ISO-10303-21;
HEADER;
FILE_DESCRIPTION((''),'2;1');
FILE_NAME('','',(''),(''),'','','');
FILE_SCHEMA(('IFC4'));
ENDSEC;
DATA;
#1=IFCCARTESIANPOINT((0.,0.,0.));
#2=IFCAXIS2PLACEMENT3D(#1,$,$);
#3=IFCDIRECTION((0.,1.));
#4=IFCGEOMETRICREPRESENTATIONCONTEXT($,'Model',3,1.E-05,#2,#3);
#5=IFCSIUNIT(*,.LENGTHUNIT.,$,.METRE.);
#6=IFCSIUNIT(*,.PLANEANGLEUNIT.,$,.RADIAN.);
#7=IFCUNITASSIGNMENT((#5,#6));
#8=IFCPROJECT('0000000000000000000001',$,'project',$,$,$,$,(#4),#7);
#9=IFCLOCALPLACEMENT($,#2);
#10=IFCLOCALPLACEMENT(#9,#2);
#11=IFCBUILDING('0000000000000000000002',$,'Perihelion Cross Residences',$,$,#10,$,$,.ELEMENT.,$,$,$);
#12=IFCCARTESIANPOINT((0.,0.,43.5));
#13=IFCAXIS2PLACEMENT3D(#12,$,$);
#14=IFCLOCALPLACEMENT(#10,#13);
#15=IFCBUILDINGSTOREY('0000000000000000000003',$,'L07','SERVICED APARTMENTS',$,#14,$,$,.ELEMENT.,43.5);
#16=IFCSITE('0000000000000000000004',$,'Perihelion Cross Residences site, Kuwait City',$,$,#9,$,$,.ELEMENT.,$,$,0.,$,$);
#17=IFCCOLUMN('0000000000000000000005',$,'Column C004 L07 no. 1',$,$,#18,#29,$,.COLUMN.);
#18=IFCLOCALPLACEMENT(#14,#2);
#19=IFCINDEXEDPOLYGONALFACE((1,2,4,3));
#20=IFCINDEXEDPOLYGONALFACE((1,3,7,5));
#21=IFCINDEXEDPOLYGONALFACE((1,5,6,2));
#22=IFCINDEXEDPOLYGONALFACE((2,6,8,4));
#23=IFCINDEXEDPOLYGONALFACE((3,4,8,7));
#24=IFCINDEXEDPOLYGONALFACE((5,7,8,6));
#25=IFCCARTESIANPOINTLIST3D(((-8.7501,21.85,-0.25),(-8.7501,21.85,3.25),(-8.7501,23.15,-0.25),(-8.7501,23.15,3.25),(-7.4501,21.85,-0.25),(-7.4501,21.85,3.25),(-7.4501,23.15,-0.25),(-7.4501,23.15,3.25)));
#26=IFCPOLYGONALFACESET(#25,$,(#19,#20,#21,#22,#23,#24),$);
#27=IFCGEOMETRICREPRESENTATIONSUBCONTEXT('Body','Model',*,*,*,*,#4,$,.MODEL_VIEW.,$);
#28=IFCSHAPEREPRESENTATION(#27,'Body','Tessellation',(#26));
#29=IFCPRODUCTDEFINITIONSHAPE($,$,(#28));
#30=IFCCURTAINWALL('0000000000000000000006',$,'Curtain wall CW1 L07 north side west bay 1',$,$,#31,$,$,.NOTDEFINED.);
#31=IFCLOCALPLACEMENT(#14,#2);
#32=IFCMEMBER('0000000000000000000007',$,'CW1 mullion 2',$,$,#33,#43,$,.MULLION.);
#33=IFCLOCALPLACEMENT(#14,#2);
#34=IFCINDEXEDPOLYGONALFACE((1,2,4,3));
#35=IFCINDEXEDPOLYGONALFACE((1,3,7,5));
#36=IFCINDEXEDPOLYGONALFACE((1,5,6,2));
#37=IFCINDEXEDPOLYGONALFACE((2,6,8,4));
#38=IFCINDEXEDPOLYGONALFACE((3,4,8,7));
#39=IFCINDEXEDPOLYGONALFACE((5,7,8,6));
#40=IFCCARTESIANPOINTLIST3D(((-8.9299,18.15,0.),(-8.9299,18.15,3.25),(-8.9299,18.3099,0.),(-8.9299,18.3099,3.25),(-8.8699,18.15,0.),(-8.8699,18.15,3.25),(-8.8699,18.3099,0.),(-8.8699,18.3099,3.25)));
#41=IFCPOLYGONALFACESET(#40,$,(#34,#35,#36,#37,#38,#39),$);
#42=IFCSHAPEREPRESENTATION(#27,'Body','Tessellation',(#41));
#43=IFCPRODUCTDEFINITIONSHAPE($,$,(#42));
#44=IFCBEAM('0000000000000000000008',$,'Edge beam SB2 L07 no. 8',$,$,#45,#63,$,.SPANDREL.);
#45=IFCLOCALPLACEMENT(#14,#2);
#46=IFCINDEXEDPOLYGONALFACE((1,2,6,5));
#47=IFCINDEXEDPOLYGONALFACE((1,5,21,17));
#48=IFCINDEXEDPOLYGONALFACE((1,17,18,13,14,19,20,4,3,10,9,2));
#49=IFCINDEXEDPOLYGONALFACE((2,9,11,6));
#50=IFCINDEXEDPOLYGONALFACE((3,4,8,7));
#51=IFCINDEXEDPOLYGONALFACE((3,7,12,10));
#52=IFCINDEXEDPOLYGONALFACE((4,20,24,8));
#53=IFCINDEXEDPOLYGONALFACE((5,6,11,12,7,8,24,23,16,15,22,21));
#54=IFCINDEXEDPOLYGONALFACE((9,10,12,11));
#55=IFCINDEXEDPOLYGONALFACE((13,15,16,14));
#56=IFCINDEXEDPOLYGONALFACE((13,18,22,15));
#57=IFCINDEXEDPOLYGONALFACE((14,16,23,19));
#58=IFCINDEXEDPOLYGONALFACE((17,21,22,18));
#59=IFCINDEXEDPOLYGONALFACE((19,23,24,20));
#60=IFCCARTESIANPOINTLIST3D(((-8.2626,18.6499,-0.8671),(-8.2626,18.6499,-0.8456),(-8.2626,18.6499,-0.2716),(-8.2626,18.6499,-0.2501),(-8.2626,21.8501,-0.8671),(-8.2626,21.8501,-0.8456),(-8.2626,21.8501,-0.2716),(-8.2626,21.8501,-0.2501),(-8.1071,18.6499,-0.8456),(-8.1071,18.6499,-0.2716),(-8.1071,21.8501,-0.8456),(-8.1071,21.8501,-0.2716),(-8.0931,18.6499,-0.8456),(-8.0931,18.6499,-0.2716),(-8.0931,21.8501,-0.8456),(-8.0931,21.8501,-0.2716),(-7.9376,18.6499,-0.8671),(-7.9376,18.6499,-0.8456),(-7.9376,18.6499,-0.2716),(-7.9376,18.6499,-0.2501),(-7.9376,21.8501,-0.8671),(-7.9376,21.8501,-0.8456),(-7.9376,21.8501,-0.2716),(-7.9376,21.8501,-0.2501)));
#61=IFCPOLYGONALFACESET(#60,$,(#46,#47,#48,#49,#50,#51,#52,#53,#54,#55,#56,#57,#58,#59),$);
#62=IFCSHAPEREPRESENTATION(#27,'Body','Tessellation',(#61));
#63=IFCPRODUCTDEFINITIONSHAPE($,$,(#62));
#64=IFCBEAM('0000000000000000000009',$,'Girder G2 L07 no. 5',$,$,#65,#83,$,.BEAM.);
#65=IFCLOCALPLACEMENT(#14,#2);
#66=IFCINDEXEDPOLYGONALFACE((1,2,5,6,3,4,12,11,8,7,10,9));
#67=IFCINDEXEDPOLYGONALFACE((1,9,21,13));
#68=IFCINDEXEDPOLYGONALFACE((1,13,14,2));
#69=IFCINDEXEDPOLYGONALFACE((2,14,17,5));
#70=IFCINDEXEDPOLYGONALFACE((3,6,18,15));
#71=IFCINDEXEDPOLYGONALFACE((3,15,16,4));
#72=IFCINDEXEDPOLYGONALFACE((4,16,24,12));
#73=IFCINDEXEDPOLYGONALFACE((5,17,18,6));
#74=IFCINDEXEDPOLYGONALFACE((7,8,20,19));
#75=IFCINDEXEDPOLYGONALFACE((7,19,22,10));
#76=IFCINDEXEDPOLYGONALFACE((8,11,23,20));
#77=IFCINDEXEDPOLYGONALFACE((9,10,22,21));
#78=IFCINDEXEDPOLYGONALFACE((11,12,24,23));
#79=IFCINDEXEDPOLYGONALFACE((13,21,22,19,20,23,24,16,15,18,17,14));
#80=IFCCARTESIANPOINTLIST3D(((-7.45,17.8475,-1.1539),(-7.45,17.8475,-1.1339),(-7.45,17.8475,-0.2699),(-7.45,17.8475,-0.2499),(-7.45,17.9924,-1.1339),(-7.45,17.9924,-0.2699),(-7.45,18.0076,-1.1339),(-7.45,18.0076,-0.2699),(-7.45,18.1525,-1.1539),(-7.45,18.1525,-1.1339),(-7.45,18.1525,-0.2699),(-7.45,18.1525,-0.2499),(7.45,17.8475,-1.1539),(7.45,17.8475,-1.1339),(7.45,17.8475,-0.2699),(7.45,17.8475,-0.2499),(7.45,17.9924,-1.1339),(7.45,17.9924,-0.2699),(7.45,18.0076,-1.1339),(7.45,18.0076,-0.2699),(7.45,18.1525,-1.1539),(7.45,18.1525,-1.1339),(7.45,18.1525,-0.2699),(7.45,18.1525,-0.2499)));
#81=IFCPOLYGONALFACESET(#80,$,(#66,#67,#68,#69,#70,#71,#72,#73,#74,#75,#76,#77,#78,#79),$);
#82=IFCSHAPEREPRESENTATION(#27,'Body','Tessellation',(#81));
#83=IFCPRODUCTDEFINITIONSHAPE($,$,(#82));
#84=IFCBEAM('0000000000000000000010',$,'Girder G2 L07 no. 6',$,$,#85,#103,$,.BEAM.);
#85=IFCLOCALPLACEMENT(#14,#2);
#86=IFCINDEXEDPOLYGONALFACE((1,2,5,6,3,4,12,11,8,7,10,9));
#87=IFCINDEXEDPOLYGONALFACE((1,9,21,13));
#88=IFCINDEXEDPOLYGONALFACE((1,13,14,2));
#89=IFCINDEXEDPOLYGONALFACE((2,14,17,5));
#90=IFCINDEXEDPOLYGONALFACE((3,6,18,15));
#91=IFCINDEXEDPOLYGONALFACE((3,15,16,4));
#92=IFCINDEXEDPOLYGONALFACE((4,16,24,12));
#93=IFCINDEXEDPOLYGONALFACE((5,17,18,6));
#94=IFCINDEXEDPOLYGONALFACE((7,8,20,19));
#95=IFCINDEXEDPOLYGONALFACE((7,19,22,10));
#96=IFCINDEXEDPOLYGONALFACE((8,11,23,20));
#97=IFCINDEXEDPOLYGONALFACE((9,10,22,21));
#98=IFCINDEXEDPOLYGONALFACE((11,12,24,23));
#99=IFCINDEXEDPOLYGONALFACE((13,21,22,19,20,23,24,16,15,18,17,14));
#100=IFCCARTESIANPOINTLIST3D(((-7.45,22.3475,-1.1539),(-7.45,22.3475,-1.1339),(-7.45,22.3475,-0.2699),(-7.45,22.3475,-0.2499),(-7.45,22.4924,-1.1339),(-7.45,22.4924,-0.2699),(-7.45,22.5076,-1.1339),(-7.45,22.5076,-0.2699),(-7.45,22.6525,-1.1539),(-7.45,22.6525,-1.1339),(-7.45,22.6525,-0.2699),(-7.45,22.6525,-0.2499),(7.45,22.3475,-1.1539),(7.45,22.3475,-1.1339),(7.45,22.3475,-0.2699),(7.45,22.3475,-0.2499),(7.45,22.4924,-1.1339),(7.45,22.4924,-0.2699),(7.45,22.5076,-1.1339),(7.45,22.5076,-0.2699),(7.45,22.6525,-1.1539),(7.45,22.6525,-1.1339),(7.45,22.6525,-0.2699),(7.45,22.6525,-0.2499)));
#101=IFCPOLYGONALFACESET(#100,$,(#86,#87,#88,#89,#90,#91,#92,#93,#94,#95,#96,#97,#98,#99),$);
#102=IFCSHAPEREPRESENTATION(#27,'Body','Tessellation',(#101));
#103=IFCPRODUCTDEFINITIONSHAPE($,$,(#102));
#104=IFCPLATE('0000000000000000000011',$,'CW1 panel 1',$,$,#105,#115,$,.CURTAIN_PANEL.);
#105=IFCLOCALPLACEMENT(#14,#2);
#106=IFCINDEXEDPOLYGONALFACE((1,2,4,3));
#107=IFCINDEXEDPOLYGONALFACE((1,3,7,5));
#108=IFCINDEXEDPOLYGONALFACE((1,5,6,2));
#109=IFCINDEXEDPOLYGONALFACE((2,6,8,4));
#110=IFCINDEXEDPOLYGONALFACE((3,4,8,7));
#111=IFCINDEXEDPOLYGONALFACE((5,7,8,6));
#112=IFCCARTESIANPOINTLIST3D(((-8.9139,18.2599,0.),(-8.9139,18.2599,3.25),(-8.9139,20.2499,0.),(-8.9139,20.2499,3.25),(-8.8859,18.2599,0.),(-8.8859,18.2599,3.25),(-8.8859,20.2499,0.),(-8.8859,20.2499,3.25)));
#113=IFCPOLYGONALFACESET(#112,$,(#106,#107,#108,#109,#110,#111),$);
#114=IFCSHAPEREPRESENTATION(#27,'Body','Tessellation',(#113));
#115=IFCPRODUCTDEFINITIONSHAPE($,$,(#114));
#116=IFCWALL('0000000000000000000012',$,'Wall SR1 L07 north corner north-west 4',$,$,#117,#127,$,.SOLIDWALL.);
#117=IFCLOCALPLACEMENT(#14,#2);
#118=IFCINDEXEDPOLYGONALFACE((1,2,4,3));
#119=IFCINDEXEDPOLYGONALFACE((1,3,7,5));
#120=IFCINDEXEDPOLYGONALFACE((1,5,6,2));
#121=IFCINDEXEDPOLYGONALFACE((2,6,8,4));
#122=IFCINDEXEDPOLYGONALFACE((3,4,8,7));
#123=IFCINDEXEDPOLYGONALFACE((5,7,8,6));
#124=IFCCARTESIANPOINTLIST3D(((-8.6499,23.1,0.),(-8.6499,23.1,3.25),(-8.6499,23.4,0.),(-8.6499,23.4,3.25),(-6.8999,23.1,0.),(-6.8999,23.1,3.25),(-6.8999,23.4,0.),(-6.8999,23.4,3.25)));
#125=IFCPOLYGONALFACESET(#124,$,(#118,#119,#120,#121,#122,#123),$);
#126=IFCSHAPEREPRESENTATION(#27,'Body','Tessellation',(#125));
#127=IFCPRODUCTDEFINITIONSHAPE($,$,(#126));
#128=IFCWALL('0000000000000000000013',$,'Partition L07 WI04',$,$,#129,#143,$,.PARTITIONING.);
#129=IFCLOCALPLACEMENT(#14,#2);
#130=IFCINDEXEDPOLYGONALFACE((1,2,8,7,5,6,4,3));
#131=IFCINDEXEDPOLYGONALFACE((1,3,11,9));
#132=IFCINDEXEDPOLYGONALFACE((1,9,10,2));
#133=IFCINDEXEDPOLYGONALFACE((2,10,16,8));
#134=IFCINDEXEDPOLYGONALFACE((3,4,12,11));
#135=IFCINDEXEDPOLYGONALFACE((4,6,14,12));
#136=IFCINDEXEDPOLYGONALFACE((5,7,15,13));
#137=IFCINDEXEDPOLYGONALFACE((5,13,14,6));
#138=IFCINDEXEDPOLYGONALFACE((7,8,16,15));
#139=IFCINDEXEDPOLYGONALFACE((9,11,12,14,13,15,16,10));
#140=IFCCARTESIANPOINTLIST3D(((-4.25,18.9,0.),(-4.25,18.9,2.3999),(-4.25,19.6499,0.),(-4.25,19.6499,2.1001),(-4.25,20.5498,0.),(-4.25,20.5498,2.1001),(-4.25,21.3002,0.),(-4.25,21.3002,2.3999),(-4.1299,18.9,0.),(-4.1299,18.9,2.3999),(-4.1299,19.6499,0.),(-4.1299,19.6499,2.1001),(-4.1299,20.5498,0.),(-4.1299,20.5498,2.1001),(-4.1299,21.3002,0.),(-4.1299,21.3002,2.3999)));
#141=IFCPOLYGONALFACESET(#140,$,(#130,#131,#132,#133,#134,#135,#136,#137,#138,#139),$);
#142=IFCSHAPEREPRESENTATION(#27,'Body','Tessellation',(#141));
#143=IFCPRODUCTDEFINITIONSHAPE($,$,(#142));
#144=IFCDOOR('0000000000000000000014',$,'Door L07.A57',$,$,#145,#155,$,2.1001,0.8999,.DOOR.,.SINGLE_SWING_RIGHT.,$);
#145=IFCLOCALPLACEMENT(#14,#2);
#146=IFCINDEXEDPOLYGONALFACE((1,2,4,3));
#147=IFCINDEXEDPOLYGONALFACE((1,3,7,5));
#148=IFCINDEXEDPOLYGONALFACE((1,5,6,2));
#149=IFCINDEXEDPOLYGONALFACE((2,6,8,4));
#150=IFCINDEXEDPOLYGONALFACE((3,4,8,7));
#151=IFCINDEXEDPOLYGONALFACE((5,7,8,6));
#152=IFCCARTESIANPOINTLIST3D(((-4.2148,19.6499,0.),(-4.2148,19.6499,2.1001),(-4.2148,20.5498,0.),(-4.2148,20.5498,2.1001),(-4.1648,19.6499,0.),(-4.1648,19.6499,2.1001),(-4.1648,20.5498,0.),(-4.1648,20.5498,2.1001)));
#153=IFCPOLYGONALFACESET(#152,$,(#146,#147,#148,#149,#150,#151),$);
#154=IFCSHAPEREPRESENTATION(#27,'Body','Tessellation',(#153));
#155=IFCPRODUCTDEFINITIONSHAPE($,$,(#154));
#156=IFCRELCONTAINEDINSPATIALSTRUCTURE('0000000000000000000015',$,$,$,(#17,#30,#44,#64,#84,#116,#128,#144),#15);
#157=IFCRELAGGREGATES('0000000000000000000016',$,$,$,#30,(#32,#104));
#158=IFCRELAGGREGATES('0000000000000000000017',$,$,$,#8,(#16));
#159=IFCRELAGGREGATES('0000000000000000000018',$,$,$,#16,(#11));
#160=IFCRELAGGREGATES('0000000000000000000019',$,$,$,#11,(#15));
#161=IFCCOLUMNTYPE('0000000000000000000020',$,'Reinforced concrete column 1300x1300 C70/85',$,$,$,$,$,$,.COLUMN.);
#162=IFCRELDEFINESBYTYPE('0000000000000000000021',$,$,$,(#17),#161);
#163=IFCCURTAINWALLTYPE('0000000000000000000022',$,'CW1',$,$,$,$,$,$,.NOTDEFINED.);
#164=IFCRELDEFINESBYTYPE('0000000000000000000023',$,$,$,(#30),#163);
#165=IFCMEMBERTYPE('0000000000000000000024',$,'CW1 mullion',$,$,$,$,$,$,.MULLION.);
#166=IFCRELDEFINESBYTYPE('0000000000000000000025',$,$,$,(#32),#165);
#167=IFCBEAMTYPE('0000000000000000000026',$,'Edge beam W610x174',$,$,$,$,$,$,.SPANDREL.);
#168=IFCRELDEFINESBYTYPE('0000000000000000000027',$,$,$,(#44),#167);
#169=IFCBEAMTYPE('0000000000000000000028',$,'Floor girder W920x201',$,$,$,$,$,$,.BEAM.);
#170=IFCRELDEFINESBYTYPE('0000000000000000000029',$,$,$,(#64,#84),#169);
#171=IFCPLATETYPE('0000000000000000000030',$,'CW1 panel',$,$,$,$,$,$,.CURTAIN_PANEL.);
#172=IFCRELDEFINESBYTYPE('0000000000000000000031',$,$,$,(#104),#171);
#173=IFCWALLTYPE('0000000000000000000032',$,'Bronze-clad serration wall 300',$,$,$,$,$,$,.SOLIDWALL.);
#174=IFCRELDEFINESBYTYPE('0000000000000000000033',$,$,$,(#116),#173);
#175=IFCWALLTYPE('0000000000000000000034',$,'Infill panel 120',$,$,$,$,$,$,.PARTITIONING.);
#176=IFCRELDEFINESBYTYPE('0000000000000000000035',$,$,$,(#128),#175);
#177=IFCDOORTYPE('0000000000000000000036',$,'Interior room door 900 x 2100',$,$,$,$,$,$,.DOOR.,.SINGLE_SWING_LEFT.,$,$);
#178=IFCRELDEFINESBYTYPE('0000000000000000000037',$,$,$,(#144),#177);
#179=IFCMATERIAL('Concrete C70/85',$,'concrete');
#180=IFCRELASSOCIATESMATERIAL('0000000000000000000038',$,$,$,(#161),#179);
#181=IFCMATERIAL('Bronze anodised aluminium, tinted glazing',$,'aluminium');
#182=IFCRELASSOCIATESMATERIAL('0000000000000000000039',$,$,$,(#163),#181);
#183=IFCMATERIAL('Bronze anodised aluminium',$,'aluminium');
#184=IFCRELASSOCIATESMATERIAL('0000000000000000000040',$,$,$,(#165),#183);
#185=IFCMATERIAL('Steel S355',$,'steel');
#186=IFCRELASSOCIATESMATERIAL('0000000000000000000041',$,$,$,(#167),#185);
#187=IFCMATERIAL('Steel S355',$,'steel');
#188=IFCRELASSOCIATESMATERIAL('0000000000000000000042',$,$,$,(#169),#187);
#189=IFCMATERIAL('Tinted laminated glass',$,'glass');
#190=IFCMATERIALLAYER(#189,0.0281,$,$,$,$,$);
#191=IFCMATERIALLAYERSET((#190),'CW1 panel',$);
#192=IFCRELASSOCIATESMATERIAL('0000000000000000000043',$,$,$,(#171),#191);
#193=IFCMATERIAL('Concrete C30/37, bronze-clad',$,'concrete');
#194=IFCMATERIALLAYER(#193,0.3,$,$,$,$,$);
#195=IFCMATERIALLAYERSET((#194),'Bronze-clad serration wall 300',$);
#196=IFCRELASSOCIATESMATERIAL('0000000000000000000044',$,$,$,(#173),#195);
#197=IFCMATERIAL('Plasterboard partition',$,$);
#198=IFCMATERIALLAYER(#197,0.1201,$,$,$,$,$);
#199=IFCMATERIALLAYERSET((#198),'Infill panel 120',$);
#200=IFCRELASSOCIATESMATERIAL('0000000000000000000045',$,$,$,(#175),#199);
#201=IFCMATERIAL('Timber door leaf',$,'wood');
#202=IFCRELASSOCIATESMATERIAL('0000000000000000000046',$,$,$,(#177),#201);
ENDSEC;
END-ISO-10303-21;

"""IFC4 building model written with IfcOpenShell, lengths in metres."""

from ifc_helpers import new_model, si_unit, direction, frame, frame_2d, origin, origin_2d, place, context, subcontext, project, spatial, rectangle, i_section, extrude, material, layer, layer_set, material_profile, profile_set, type_object, element, fill, aggregate, save


model = new_model("IFC4")

# Units and contexts
model_context = context("Model", 3, precision=1e-05, world=origin(), true_north=direction((0.0, 1.0)))
body_context = subcontext(model_context, "Body", "Model", "MODEL_VIEW")
ifc_project = project(units=[si_unit("LENGTHUNIT", "METRE"), si_unit("PLANEANGLEUNIT", "RADIAN")], contexts=[model_context])

# Site, building, storey
site_placement = place(None, origin())
site = spatial("IfcSite", under=ifc_project, at=site_placement, Name="Perihelion Cross Residences site, Kuwait City", CompositionType="ELEMENT", RefElevation=0.0)
building_placement = place(site_placement, origin())
building = spatial("IfcBuilding", under=site, at=building_placement, Name="Perihelion Cross Residences", CompositionType="ELEMENT")
storey_placement = place(building_placement, frame((0.0, 0.0, 43.5)))
storey = spatial("IfcBuildingStorey", under=building, at=storey_placement, Name="L07", Description="SERVICED APARTMENTS", CompositionType="ELEMENT", Elevation=43.5)

# Column
ifc_material_1 = material(Name="Concrete C70/85", Category="concrete")
ifc_material_profile_1 = material_profile(ifc_material_1, rectangle(XDim=1.3, YDim=1.3, at=origin_2d()), Name="RC 1300x1300")
ifc_profile_set_1 = profile_set([ifc_material_profile_1], Name="Concrete C70/85")
column_type = type_object("IfcColumnType", Name="Reinforced concrete column 1300x1300 C70/85", PredefinedType="COLUMN", material=ifc_profile_set_1)
column_placement = place(storey_placement, frame((-8.1001, 22.5, -0.25), z_axis=(0.0, 0.0, 1.0), x_axis=(1.0, 0.0, 0.0)))
element("IfcColumn", 1, at=column_placement, inside=storey, type_object=column_type, Name="Column C004 L07 no. 1", PredefinedType="COLUMN", context=body_context, shape_type="SweptSolid", body=[
    extrude(rectangle(XDim=1.3, YDim=1.3, at=origin_2d()), origin(), (0.0, 0.0, 1.0), 3.5),
])

# Curtain wall, member
ifc_material_2 = material(Name="Bronze anodised aluminium, tinted glazing", Category="aluminium")
curtain_wall_type = type_object("IfcCurtainWallType", Name="CW1", PredefinedType="NOTDEFINED", material=ifc_material_2)
curtain_wall_placement = place(storey_placement, origin())
curtain_wall = element("IfcCurtainWall", 2, at=curtain_wall_placement, inside=storey, type_object=curtain_wall_type, Name="Curtain wall CW1 L07 north side west bay 1", PredefinedType="NOTDEFINED")
ifc_material_3 = material(Name="Bronze anodised aluminium", Category="aluminium")
ifc_material_profile_2 = material_profile(ifc_material_3, rectangle(XDim=0.0601, YDim=0.1599, at=origin_2d()), Name="CW1 mullion")
ifc_profile_set_2 = profile_set([ifc_material_profile_2], Name="Bronze anodised aluminium")
member_type = type_object("IfcMemberType", Name="CW1 mullion", PredefinedType="MULLION", material=ifc_profile_set_2)
member_placement = place(storey_placement, frame((-8.8999, 18.23, 0.0), z_axis=(0.0, 0.0, 1.0), x_axis=(1.0, 0.0, 0.0)))
member = element("IfcMember", 3, at=member_placement, type_object=member_type, Name="CW1 mullion 2", PredefinedType="MULLION", context=body_context, shape_type="SweptSolid", body=[
    extrude(rectangle(XDim=0.0601, YDim=0.1599, at=origin_2d()), origin(), (0.0, 0.0, 1.0), 3.25),
])

# Beams
ifc_material_4 = material(Name="Steel S355", Category="steel")
ifc_material_profile_3 = material_profile(ifc_material_4, i_section(OverallWidth=0.325, OverallDepth=0.6169, WebThickness=0.0139, FlangeThickness=0.0215, at=origin_2d()), Name="W610x174")
ifc_profile_set_3 = profile_set([ifc_material_profile_3], Name="Steel S355")
beam_type_1 = type_object("IfcBeamType", Name="Edge beam W610x174", PredefinedType="SPANDREL", material=ifc_profile_set_3)
beam_placement = place(storey_placement, frame((-8.1001, 21.8501, -0.5586), z_axis=(0.0, -1.0, 0.0), x_axis=(1.0, 0.0, 0.0)))
element("IfcBeam", 4, at=beam_placement, inside=storey, type_object=beam_type_1, Name="Edge beam SB2 L07 no. 8", PredefinedType="SPANDREL", context=body_context, shape_type="SweptSolid", body=[
    extrude(i_section(OverallWidth=0.325, OverallDepth=0.6169, WebThickness=0.0139, FlangeThickness=0.0215, at=origin_2d()), origin(), (0.0, 0.0, 1.0), 3.2002),
])
ifc_material_5 = material(Name="Steel S355", Category="steel")
ifc_material_profile_4 = material_profile(ifc_material_5, i_section(OverallWidth=0.3049, OverallDepth=0.9041, WebThickness=0.0151, FlangeThickness=0.02, at=origin_2d()), Name="W920x201")
ifc_profile_set_4 = profile_set([ifc_material_profile_4], Name="Steel S355")
beam_type_2 = type_object("IfcBeamType", Name="Floor girder W920x201", PredefinedType="BEAM", material=ifc_profile_set_4)
for number, where, z_axis, x_axis, name in (
    (5, (-7.45, 18.0, -0.7019), (1.0, 0.0, 0.0), (0.0, 1.0, 0.0), "Girder G2 L07 no. 5"),
    (6, (-7.45, 22.5, -0.7019), (1.0, 0.0, 0.0), (0.0, 1.0, 0.0), "Girder G2 L07 no. 6"),
):
    element("IfcBeam", number, at=place(storey_placement, frame(where, z_axis=z_axis, x_axis=x_axis)), inside=storey, type_object=beam_type_2, Name=name, PredefinedType="BEAM", context=body_context, shape_type="SweptSolid", body=[
        extrude(i_section(OverallWidth=0.3049, OverallDepth=0.9041, WebThickness=0.0151, FlangeThickness=0.02, at=origin_2d()), origin(), (0.0, 0.0, 1.0), 14.8999),
    ])

# Plate
ifc_material_6 = material(Name="Tinted laminated glass", Category="glass")
ifc_layer_1 = layer(ifc_material_6, 0.0281)
ifc_layer_set_1 = layer_set([ifc_layer_1], Name="CW1 panel")
plate_type = type_object("IfcPlateType", Name="CW1 panel", PredefinedType="CURTAIN_PANEL", material=ifc_layer_set_1)
plate_placement = place(storey_placement, frame((-8.8999, 19.2549, 0.0), z_axis=(0.0, 0.0, 1.0), x_axis=(0.0, -1.0, 0.0)))
plate = element("IfcPlate", 7, at=plate_placement, type_object=plate_type, Name="CW1 panel 1", PredefinedType="CURTAIN_PANEL", context=body_context, shape_type="SweptSolid", body=[
    extrude(rectangle(XDim=1.99, YDim=0.0281, at=origin_2d()), origin(), (0.0, 0.0, 1.0), 3.25),
])
aggregate(curtain_wall, [member, plate])

# Wall
ifc_material_7 = material(Name="Concrete C30/37, bronze-clad", Category="concrete")
ifc_layer_2 = layer(ifc_material_7, 0.3)
ifc_layer_set_2 = layer_set([ifc_layer_2], Name="Bronze-clad serration wall 300")
wall_type_1 = type_object("IfcWallType", Name="Bronze-clad serration wall 300", PredefinedType="SOLIDWALL", material=ifc_layer_set_2)
wall_1_placement = place(storey_placement, frame((-6.8999, 23.25, 0.0), z_axis=(0.0, 0.0, 1.0), x_axis=(-1.0, 0.0, 0.0)))
element("IfcWall", 8, at=wall_1_placement, inside=storey, type_object=wall_type_1, Name="Wall SR1 L07 north corner north-west 4", PredefinedType="SOLIDWALL", context=body_context, shape_type="SweptSolid", body=[
    extrude(rectangle(XDim=1.75, YDim=0.3, at=frame_2d((0.875, 0.0))), origin(), (0.0, 0.0, 1.0), 3.25),
])

# Wall, opening, door
ifc_material_8 = material(Name="Plasterboard partition")
ifc_layer_3 = layer(ifc_material_8, 0.1201)
ifc_layer_set_3 = layer_set([ifc_layer_3], Name="Infill panel 120")
wall_type_2 = type_object("IfcWallType", Name="Infill panel 120", PredefinedType="PARTITIONING", material=ifc_layer_set_3)
wall_2_placement = place(storey_placement, frame((-4.1899, 18.8999, 0.0), z_axis=(0.0, 0.0, 1.0), x_axis=(0.0, 1.0, 0.0)))
wall_2 = element("IfcWall", 9, at=wall_2_placement, inside=storey, type_object=wall_type_2, Name="Partition L07 WI04", PredefinedType="PARTITIONING", context=body_context, shape_type="SweptSolid", body=[
    extrude(rectangle(XDim=2.4001, YDim=0.1201, at=frame_2d((1.2002, 0.0))), origin(), (0.0, 0.0, 1.0), 2.3999),
])
opening_1_placement = place(wall_2_placement, frame((0.75, 0.0, 0.0)))
opening_1 = element("IfcOpeningElement", 10, at=opening_1_placement, cuts=wall_2, PredefinedType="OPENING", context=body_context, shape_type="SweptSolid", body=[
    extrude(rectangle(XDim=0.8999, YDim=2.1001, at=frame_2d((0.45, 1.05))), frame((0.0, 0.0701, 0.0), z_axis=(0.0, -1.0, 0.0), x_axis=(1.0, 0.0, 0.0)), (0.0, 0.0, 1.0), 0.1401),
])
ifc_material_9 = material(Name="Timber door leaf", Category="wood")
door_type_1 = type_object("IfcDoorType", Name="Interior room door 900 x 2100", OperationType="SINGLE_SWING_LEFT", PredefinedType="DOOR", material=ifc_material_9)
door_1_placement = place(opening_1_placement, origin())
door_1 = element("IfcDoor", 11, at=door_1_placement, inside=storey, type_object=door_type_1, Name="Door L07.A57", OperationType="SINGLE_SWING_RIGHT", OverallHeight=2.1001, OverallWidth=0.8999, PredefinedType="DOOR", context=body_context, shape_type="SweptSolid", body=[
    extrude(rectangle(XDim=0.8999, YDim=2.1001, at=frame_2d((0.45, 1.05))), frame((0.0, 0.0249, 0.0), z_axis=(0.0, -1.0, 0.0), x_axis=(1.0, 0.0, 0.0)), (0.0, 0.0, 1.0), 0.05),
])
fill(opening_1, door_1)

save(model, "model.ifc")
